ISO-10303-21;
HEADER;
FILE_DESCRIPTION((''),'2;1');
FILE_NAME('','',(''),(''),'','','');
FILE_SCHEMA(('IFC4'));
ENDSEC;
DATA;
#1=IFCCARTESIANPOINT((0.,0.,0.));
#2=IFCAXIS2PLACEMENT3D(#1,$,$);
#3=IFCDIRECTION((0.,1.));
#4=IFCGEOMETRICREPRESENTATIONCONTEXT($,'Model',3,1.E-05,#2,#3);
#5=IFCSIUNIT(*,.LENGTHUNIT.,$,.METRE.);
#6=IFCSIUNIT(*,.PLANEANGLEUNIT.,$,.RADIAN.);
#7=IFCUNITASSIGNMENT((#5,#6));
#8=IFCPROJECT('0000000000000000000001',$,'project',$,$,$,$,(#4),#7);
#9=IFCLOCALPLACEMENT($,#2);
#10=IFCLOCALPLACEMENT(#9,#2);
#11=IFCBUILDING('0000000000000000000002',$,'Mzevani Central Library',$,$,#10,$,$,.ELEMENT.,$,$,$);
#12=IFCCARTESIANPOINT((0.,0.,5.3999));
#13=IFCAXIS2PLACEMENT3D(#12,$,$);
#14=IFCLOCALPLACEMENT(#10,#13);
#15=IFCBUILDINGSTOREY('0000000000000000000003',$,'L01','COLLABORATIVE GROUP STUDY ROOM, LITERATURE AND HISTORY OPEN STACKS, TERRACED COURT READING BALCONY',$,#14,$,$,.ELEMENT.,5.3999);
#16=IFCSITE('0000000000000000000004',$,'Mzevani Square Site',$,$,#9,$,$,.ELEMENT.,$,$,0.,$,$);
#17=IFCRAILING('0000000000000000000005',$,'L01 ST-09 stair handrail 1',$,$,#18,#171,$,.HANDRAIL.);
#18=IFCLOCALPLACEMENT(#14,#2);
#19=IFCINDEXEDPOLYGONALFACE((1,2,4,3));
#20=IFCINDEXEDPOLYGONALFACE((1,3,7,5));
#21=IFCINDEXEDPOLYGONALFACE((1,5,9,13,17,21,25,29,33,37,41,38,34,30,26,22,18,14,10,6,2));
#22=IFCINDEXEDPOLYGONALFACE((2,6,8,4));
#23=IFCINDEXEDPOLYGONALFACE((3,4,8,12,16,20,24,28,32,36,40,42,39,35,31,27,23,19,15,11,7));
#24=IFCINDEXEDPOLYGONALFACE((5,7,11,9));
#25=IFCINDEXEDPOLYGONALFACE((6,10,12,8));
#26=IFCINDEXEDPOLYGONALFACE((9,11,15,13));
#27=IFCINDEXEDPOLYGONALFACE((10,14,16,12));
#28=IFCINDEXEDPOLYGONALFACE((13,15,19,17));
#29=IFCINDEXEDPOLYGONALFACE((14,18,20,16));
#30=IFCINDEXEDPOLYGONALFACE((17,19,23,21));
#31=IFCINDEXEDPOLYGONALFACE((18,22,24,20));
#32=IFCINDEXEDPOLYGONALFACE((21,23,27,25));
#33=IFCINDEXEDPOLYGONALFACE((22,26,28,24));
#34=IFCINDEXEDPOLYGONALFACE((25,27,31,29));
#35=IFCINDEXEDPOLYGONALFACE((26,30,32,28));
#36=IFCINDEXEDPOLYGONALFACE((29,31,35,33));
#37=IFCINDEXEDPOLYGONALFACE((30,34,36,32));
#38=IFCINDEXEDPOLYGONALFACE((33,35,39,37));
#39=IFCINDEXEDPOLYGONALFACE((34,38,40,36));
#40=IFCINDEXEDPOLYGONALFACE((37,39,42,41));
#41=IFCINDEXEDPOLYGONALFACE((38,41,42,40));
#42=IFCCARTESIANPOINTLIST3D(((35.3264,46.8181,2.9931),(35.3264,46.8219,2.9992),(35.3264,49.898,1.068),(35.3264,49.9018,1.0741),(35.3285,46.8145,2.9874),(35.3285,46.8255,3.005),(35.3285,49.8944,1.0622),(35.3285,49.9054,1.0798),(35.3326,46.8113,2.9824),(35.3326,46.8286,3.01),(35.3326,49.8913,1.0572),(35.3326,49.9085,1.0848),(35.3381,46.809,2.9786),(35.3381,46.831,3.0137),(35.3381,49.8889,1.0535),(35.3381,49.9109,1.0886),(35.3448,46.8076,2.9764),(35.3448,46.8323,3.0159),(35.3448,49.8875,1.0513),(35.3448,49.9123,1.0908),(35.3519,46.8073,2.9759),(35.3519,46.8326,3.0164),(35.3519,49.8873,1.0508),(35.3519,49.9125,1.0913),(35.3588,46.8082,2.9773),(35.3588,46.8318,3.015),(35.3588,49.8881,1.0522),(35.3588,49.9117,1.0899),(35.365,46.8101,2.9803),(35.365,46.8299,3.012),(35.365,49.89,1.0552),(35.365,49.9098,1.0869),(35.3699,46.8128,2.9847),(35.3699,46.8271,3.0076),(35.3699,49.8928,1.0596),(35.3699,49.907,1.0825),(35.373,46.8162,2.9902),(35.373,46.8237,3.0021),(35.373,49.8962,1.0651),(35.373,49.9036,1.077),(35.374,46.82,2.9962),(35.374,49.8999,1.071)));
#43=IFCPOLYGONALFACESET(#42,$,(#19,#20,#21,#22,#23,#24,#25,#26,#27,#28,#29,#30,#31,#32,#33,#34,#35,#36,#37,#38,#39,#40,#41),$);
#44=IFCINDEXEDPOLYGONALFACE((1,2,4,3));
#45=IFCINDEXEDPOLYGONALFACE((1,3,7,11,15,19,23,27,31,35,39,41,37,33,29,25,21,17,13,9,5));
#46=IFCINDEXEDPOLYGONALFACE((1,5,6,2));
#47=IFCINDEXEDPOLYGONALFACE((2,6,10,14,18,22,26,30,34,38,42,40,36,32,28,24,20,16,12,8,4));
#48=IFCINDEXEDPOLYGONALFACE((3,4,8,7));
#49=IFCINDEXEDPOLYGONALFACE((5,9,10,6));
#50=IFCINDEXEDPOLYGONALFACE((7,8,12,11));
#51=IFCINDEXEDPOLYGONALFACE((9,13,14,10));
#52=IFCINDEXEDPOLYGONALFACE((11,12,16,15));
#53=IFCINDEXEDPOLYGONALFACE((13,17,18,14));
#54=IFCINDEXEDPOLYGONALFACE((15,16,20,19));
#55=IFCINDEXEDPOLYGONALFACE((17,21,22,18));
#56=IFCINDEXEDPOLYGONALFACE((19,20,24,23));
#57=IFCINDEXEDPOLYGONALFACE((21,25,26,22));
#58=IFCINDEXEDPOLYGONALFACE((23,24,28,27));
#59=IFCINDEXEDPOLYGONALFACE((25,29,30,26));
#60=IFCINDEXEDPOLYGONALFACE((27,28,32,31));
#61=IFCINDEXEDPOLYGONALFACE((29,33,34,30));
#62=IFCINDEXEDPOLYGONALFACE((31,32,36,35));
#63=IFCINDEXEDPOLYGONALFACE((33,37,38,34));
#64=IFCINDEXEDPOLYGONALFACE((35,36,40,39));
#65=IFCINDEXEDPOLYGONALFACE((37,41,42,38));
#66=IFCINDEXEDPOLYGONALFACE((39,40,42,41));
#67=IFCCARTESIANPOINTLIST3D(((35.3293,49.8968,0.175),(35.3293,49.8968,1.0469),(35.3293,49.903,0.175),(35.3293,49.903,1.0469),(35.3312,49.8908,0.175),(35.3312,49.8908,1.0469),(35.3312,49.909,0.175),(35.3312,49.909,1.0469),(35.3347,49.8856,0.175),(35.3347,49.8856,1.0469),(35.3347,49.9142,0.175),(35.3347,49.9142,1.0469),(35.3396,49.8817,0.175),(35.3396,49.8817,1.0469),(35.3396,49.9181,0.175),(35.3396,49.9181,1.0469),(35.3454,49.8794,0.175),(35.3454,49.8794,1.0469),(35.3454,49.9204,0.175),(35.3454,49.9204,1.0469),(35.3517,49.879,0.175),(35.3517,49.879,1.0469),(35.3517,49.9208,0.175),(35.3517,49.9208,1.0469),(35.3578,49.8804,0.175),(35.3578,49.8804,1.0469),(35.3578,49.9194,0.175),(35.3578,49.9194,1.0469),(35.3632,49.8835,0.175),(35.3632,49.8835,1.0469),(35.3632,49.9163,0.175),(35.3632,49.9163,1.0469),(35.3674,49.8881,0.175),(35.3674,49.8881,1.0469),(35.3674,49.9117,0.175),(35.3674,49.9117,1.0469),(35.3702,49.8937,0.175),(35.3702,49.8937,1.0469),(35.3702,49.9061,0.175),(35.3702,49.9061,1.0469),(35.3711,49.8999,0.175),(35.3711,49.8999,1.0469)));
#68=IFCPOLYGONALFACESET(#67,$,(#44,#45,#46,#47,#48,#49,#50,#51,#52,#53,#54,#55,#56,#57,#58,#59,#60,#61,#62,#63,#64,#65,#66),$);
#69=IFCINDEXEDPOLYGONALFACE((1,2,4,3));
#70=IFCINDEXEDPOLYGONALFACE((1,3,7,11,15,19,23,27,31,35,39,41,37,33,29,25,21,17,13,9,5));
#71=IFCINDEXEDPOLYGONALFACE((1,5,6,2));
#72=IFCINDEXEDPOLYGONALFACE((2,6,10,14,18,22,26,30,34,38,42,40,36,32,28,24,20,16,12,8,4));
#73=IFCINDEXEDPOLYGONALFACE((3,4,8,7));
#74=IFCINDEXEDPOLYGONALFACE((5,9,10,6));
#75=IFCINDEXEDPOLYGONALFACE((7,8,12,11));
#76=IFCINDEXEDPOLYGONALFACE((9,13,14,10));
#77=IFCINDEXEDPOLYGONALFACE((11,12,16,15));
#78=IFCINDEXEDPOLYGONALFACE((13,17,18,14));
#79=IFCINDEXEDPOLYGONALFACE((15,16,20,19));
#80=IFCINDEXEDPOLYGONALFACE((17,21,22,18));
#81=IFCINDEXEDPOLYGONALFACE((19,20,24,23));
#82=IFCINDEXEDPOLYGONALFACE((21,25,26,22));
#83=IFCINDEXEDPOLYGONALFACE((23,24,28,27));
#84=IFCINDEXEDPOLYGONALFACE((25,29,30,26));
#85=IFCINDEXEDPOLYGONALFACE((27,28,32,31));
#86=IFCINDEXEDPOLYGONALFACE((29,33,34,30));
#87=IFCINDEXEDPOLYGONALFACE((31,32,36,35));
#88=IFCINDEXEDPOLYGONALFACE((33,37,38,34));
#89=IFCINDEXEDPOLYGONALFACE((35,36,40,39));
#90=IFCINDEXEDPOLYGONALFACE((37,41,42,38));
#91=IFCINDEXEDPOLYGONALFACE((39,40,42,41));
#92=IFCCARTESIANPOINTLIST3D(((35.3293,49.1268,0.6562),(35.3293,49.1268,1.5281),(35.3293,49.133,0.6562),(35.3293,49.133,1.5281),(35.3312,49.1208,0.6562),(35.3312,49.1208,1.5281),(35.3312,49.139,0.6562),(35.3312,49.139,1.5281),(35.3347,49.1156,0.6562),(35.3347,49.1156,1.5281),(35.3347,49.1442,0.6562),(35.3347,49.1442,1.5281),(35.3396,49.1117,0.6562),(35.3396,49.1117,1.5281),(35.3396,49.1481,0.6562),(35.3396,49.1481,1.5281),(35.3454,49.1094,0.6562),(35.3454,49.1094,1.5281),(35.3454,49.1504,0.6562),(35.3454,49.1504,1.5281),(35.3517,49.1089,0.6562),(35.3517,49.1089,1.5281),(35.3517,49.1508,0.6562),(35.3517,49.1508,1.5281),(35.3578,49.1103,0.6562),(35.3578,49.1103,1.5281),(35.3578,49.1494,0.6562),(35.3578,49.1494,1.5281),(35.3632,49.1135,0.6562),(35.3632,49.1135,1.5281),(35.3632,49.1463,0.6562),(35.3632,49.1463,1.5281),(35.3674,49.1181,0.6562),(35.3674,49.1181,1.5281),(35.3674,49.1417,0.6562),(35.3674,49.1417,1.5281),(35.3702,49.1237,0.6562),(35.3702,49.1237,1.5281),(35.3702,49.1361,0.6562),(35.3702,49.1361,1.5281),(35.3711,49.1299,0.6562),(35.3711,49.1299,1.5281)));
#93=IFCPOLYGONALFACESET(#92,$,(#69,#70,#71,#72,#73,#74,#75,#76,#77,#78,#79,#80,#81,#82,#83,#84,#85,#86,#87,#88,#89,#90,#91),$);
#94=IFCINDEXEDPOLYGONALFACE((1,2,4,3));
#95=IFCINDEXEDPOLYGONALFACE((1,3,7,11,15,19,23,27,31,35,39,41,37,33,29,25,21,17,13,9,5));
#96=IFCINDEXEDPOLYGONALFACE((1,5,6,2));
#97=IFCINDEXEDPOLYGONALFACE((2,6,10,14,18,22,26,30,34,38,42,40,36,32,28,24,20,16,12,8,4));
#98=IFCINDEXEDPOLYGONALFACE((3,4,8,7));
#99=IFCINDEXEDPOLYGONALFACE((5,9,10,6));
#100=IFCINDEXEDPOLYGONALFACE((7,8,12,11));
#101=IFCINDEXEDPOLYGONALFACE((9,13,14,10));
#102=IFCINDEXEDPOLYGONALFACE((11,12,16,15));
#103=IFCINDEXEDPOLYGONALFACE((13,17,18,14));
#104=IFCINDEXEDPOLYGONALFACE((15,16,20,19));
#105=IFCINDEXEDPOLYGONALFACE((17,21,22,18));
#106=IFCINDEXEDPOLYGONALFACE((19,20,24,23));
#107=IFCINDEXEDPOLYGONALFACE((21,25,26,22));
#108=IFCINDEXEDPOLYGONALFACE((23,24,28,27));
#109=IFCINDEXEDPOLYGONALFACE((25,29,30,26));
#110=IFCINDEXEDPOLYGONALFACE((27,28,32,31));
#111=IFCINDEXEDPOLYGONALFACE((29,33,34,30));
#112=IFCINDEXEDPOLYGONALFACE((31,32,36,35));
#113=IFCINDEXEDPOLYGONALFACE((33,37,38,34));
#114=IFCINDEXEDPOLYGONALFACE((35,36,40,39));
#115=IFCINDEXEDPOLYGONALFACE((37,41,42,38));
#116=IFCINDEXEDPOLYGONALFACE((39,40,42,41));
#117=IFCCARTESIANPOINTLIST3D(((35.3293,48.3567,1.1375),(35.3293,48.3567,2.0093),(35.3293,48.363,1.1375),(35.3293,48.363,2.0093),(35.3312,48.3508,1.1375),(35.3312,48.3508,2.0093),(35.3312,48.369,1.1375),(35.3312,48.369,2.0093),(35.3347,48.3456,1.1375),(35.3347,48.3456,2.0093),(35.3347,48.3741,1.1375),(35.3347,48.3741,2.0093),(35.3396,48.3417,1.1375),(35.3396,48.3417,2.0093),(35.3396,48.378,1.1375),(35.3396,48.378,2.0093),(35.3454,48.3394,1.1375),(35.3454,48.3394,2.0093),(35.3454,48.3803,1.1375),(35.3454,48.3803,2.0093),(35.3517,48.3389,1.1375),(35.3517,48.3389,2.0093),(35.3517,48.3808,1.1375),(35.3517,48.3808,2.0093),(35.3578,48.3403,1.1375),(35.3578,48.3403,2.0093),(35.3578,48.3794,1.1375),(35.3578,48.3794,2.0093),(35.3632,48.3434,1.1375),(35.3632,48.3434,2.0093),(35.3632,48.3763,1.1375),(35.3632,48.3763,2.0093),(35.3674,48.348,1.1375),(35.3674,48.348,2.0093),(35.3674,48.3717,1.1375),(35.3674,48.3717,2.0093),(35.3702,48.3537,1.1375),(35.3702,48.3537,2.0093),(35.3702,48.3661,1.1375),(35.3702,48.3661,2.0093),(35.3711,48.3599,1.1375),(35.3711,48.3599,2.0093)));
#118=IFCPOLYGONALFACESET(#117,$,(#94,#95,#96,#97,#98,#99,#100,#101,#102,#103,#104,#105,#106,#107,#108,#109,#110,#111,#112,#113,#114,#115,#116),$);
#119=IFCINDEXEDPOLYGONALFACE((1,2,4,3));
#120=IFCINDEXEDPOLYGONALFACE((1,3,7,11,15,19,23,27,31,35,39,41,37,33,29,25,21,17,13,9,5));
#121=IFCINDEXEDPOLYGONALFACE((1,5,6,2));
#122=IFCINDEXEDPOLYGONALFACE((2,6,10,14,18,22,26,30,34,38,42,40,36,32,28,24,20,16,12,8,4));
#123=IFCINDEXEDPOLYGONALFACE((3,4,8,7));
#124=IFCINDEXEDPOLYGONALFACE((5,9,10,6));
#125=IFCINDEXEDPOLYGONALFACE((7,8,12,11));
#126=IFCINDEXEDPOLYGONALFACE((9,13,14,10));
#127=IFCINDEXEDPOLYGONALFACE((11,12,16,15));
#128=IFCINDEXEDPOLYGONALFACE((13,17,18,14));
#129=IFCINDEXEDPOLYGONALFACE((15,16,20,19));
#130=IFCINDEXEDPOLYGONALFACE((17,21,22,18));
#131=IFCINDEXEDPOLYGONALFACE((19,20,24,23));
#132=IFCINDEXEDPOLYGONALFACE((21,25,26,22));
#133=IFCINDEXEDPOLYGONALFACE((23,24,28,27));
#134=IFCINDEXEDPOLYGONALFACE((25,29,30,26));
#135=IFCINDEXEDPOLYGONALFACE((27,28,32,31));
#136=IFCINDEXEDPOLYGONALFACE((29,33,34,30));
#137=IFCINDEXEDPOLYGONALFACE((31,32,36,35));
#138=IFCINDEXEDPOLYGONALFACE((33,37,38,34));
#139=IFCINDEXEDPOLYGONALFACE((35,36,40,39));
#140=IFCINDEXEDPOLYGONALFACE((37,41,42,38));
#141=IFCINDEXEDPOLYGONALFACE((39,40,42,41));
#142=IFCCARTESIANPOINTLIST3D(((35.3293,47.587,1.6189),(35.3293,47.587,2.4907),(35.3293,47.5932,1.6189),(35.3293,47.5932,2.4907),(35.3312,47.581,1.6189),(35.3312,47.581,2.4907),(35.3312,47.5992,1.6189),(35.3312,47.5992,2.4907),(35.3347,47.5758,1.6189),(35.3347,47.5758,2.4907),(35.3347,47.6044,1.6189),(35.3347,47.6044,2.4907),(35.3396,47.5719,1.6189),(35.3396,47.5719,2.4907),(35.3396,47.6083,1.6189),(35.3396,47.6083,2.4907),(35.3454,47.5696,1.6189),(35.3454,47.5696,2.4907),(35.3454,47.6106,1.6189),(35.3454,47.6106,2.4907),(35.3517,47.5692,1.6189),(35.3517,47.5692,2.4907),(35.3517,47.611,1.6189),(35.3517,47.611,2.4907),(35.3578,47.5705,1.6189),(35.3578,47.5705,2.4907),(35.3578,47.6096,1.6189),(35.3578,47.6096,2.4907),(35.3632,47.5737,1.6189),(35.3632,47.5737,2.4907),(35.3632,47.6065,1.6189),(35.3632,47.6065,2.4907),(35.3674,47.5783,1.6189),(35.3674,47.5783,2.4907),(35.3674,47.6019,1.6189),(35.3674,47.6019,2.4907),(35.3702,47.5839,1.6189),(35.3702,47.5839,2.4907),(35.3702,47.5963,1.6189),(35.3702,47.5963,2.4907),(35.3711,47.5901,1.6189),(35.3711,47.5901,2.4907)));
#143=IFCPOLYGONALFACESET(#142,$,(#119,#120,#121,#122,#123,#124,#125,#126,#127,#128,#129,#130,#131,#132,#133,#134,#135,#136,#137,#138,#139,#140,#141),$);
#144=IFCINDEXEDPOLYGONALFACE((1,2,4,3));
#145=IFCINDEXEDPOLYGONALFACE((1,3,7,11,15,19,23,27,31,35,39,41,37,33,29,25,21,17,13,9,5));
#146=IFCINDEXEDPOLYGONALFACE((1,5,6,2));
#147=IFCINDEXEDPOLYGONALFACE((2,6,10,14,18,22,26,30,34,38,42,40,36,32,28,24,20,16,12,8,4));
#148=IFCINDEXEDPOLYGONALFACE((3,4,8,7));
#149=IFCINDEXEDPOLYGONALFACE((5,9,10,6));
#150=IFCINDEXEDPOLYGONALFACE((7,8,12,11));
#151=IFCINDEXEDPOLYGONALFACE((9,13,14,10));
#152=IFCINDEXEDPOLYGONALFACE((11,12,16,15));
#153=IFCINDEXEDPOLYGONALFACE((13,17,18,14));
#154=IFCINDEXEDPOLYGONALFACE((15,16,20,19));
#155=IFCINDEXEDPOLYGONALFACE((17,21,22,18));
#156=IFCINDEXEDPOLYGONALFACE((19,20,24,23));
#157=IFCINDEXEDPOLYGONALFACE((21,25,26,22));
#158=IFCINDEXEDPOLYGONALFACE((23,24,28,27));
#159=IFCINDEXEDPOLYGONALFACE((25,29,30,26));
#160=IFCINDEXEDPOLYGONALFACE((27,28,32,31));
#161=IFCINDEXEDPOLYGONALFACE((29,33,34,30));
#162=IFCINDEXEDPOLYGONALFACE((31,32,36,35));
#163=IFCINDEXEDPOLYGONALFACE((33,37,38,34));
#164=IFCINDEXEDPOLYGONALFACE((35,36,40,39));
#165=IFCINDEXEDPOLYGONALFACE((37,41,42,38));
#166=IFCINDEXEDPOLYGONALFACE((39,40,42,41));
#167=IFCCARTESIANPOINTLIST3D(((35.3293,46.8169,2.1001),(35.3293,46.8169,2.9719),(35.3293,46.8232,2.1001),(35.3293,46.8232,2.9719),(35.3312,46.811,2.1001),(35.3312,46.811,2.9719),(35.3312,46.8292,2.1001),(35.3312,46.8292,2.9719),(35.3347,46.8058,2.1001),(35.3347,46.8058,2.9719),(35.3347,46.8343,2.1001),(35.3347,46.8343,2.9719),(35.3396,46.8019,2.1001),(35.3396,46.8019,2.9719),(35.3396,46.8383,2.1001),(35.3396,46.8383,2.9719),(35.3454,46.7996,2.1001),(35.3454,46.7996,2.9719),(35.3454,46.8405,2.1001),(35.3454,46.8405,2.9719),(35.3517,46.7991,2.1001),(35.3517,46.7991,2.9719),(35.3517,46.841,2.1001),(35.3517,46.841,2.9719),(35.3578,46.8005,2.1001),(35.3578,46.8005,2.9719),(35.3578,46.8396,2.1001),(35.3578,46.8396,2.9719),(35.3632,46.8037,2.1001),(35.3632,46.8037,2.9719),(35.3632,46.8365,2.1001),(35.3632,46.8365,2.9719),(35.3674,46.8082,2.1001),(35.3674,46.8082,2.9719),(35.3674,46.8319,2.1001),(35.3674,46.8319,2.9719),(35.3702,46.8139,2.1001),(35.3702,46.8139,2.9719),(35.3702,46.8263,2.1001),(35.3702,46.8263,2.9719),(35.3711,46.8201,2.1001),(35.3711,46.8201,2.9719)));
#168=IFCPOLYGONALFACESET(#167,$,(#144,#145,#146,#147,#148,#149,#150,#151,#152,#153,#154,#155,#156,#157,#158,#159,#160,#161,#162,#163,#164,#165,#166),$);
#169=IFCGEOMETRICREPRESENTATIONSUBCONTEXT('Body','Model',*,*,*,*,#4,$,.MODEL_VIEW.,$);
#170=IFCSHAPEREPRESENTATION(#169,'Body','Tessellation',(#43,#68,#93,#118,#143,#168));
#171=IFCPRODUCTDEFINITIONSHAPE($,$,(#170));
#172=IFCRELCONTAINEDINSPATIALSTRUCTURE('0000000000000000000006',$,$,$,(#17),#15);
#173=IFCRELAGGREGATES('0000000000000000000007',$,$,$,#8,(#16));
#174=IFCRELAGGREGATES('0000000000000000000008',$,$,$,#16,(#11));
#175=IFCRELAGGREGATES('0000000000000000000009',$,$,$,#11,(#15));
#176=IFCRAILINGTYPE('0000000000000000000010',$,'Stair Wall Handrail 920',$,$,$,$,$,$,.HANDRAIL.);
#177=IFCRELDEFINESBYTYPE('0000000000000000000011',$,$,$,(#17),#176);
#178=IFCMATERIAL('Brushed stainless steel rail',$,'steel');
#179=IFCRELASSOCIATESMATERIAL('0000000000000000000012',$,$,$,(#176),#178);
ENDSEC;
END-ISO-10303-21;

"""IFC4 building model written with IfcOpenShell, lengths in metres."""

from ifc_helpers import new_model, si_unit, direction, frame, origin, origin_2d, place, context, subcontext, project, spatial, circle, extrude, material, type_object, element, save


model = new_model("IFC4")

# Units and contexts
model_context = context("Model", 3, precision=1e-05, world=origin(), true_north=direction((0.0, 1.0)))
body_context = subcontext(model_context, "Body", "Model", "MODEL_VIEW")
ifc_project = project(units=[si_unit("LENGTHUNIT", "METRE"), si_unit("PLANEANGLEUNIT", "RADIAN")], contexts=[model_context])

# Site, building, storey
site_placement = place(None, origin())
site = spatial("IfcSite", under=ifc_project, at=site_placement, Name="Mzevani Square Site", CompositionType="ELEMENT", RefElevation=0.0)
building_placement = place(site_placement, origin())
building = spatial("IfcBuilding", under=site, at=building_placement, Name="Mzevani Central Library", CompositionType="ELEMENT")
storey_placement = place(building_placement, frame((0.0, 0.0, 5.3999)))
storey = spatial("IfcBuildingStorey", under=building, at=storey_placement, Name="L01", Description="COLLABORATIVE GROUP STUDY ROOM, LITERATURE AND HISTORY OPEN STACKS, TERRACED COURT READING BALCONY", CompositionType="ELEMENT", Elevation=5.3999)

# Shared definitions
ifc_material_1 = material(Name="Brushed stainless steel rail", Category="steel")

# Railing
railing_type_1 = type_object("IfcRailingType", Name="Stair Wall Handrail 920", PredefinedType="HANDRAIL", material=ifc_material_1)
railing_1_placement = place(storey_placement, frame((35.3501, 49.8999, 0.175)))
element("IfcRailing", 1, at=railing_1_placement, inside=storey, type_object=railing_type_1, Name="L01 ST-09 stair handrail 1", PredefinedType="HANDRAIL", context=body_context, shape_type="SweptSolid", body=[
    extrude(circle(Radius=0.0239, at=origin_2d()), frame((0.0, 0.0, 0.896), z_axis=(0.0, -0.847979, 0.530029), x_axis=(1.0, 0.0, 0.0)), (0.0, 0.0, 1.0), 3.6321),
    extrude(circle(Radius=0.021, at=origin_2d()), origin(), (0.0, 0.0, 1.0), 0.8718),
    extrude(circle(Radius=0.021, at=origin_2d()), frame((0.0, -0.77, 0.4812)), (0.0, 0.0, 1.0), 0.8718),
    extrude(circle(Radius=0.021, at=origin_2d()), frame((0.0, -1.54, 0.9624)), (0.0, 0.0, 1.0), 0.8718),
    extrude(circle(Radius=0.021, at=origin_2d()), frame((0.0, -2.3098, 1.4438)), (0.0, 0.0, 1.0), 0.8718),
    extrude(circle(Radius=0.021, at=origin_2d()), frame((0.0, -3.0798, 1.925)), (0.0, 0.0, 1.0), 0.8718),
])

save(model, "model.ifc")
